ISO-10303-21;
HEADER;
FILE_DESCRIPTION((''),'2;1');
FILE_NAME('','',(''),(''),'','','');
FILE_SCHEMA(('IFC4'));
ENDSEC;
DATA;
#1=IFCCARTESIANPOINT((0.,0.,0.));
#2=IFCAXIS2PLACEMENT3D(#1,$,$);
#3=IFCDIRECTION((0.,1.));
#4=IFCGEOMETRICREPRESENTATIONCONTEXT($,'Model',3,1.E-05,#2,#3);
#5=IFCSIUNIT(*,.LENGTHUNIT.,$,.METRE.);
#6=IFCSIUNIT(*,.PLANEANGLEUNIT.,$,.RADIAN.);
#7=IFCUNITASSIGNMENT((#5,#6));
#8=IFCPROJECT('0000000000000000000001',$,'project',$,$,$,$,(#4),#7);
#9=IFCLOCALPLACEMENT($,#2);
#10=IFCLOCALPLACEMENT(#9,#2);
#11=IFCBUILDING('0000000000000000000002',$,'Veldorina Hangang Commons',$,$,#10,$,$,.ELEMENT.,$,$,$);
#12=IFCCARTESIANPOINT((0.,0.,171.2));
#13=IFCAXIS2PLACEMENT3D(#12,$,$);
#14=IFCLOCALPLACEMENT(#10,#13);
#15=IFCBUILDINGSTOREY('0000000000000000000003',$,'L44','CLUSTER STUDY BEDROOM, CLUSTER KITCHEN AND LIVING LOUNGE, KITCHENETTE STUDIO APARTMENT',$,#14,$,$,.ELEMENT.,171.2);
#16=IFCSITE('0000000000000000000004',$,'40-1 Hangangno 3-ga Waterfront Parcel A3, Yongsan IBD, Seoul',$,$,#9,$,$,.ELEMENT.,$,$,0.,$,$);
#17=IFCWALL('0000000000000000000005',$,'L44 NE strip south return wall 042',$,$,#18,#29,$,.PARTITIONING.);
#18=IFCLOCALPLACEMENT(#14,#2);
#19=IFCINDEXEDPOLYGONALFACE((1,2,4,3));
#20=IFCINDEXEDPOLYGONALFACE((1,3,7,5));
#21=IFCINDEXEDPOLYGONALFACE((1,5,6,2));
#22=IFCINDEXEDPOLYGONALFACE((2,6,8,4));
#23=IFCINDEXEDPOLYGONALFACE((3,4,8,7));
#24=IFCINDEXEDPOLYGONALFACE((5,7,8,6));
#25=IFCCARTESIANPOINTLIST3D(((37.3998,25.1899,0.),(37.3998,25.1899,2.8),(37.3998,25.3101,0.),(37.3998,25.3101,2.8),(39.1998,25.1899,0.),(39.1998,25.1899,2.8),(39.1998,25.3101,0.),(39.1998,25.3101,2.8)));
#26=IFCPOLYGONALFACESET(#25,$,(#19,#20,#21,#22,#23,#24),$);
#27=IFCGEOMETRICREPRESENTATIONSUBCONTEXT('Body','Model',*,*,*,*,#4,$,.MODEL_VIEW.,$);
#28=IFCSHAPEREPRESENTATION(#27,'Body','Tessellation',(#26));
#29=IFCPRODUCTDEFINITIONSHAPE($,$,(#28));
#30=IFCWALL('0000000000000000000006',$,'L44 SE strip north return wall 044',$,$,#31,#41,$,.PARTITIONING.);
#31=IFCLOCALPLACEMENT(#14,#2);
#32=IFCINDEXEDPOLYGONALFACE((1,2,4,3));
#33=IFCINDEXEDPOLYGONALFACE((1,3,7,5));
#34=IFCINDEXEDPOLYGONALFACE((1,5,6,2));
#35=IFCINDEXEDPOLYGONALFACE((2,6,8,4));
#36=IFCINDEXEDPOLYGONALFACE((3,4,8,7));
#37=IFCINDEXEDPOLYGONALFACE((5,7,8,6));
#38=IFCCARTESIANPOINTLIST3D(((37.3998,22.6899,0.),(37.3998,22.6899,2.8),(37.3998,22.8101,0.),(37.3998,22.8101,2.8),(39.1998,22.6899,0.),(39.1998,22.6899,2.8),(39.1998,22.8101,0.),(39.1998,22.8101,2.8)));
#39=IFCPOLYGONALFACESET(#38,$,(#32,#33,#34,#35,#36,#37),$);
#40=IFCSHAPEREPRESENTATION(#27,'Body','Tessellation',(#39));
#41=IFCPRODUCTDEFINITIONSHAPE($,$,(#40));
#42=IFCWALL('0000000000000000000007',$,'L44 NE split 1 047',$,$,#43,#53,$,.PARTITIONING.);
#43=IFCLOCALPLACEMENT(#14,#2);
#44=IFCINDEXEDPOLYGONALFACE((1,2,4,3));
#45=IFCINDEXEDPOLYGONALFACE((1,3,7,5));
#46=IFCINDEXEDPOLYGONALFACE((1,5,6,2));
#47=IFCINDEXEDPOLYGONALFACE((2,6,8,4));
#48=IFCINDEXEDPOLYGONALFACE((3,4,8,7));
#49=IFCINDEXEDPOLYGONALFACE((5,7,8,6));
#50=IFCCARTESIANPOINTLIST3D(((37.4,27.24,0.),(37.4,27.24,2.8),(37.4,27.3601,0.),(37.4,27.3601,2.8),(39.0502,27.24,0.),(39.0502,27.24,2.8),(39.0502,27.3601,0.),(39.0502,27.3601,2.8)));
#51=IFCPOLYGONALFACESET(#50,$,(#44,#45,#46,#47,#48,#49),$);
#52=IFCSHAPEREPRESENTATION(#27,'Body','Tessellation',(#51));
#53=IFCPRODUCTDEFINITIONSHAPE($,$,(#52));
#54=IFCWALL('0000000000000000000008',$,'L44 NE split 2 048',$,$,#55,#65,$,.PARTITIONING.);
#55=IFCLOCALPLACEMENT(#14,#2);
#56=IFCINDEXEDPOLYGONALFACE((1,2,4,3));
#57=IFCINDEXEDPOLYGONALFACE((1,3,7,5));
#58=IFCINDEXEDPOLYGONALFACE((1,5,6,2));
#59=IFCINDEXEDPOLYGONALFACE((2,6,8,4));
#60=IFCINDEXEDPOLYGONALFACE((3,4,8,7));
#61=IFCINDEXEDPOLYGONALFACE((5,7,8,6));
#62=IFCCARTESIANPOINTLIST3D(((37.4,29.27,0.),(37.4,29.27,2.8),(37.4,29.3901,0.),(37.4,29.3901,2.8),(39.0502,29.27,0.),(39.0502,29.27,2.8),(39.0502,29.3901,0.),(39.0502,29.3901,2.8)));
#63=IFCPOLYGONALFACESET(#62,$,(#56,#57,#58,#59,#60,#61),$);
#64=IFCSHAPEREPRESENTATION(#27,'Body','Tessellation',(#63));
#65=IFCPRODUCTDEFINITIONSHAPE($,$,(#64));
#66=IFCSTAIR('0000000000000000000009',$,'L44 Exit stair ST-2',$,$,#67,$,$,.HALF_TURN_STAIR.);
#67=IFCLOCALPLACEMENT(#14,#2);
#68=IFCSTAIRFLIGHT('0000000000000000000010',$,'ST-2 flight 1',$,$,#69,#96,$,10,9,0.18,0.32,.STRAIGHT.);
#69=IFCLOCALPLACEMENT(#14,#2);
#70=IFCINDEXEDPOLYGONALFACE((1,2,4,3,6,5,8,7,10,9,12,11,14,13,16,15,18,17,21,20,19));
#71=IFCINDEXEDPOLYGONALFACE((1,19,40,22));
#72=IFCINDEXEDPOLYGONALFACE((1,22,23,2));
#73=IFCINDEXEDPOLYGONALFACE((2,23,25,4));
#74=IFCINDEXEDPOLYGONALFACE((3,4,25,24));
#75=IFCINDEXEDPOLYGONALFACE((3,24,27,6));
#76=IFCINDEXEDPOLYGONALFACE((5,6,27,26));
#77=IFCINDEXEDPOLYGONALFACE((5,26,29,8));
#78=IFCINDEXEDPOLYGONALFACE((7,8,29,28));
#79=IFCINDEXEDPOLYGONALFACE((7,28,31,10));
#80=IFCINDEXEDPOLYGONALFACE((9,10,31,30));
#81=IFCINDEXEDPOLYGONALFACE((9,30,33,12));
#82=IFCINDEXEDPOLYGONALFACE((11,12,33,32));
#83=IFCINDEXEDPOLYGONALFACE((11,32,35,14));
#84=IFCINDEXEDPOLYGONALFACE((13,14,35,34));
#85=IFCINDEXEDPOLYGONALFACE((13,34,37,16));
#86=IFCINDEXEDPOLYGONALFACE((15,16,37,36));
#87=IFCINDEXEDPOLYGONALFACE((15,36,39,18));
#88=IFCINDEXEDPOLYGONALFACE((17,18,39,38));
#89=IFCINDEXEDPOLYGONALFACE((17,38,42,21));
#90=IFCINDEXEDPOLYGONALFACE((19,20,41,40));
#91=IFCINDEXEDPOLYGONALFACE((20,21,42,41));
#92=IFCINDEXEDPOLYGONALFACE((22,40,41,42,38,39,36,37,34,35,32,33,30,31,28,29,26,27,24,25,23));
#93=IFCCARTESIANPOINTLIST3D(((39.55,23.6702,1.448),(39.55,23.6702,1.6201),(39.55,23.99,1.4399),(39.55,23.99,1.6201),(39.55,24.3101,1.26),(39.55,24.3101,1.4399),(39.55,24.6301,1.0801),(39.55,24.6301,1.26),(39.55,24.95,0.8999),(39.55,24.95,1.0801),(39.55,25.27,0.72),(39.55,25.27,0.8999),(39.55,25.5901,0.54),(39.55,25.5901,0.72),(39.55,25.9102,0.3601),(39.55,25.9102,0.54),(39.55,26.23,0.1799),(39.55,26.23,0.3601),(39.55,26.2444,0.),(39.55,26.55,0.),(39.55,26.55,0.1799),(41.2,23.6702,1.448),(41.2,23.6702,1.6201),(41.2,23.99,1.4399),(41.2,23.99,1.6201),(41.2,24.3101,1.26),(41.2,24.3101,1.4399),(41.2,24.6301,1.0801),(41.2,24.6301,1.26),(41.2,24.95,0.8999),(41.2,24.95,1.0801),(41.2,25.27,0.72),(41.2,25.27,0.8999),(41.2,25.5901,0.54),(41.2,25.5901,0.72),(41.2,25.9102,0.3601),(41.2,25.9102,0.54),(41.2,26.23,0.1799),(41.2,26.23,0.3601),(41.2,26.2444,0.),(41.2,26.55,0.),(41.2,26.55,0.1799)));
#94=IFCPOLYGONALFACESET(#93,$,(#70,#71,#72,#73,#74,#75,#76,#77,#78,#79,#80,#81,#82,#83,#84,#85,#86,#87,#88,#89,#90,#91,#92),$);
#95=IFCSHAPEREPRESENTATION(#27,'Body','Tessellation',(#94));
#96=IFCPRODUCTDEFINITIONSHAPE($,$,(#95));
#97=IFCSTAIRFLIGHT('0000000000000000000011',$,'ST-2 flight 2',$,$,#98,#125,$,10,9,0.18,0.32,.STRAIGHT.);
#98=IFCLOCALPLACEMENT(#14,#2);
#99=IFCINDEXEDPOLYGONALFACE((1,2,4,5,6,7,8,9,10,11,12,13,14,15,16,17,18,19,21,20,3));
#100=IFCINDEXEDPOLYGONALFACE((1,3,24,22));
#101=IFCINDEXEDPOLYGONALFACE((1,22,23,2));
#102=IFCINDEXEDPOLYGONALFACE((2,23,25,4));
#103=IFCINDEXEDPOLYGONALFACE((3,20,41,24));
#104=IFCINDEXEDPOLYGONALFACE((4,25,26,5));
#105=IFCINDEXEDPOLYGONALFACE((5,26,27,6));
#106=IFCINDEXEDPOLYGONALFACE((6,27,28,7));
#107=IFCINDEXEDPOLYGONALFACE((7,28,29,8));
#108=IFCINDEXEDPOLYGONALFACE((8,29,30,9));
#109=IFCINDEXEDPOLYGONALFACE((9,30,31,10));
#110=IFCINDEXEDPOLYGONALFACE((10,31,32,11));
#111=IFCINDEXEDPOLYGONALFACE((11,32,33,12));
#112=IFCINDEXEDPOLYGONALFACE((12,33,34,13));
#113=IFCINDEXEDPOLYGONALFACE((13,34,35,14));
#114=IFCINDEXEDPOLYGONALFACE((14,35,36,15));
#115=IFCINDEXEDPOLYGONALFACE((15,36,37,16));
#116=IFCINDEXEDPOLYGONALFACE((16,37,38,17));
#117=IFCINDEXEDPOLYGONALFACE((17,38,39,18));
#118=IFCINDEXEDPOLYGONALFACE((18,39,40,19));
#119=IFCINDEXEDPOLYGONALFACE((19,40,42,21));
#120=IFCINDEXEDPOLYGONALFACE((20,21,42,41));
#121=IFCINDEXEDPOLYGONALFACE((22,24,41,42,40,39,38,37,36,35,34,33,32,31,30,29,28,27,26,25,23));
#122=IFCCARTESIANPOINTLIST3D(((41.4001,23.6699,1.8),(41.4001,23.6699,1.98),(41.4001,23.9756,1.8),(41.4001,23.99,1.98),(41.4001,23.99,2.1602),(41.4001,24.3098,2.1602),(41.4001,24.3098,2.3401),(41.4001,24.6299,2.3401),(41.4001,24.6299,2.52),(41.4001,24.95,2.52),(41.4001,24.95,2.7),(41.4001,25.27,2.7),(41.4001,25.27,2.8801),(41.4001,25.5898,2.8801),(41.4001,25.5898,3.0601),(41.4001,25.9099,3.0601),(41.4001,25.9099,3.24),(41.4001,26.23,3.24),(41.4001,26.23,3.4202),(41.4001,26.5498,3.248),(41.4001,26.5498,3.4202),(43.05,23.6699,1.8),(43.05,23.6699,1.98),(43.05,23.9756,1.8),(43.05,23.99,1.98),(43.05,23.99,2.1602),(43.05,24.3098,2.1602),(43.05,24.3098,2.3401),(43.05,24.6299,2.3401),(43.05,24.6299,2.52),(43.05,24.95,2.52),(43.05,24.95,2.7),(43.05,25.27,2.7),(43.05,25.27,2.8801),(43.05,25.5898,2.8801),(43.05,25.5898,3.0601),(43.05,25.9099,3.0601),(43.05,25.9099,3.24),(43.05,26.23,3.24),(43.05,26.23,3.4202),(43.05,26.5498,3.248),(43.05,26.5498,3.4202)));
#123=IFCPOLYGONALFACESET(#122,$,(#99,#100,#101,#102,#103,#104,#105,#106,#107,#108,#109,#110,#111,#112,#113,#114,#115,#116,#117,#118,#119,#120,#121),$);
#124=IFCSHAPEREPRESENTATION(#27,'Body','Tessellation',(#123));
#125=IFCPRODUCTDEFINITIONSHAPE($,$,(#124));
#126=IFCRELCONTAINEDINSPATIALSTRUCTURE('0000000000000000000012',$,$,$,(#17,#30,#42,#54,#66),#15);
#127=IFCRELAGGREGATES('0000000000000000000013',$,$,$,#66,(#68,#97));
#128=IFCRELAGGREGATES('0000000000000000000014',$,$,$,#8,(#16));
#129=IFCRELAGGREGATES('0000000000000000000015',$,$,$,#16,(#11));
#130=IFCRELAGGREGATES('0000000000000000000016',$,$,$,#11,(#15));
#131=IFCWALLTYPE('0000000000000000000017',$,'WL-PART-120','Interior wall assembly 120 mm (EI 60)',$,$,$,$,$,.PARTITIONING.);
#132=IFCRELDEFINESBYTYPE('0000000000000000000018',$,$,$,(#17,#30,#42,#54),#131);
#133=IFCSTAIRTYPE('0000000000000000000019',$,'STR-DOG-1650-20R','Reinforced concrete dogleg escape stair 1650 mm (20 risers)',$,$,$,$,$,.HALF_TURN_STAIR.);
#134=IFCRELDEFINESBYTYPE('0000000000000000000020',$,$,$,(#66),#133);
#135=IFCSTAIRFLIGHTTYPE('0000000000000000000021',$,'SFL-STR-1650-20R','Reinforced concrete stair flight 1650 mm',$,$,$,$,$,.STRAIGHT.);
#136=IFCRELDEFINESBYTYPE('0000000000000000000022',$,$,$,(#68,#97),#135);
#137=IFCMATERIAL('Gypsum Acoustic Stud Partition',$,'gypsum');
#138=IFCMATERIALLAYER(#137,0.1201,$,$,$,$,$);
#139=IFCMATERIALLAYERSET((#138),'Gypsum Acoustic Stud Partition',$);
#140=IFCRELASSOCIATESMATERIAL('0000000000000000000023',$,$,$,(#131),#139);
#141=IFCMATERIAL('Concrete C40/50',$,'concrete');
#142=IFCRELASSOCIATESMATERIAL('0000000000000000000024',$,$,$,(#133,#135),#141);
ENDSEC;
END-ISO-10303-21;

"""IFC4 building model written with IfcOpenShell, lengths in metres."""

from ifc_helpers import new_model, si_unit, direction, frame, frame_2d, origin, place, context, subcontext, project, spatial, polyline, rectangle, outline, extrude, material, layer, layer_set, type_object, element, aggregate, save


model = new_model("IFC4")

# Units and contexts
model_context = context("Model", 3, precision=1e-05, world=origin(), true_north=direction((0.0, 1.0)))
body_context = subcontext(model_context, "Body", "Model", "MODEL_VIEW")
ifc_project = project(units=[si_unit("LENGTHUNIT", "METRE"), si_unit("PLANEANGLEUNIT", "RADIAN")], contexts=[model_context])

# Site, building, storey
site_placement = place(None, origin())
site = spatial("IfcSite", under=ifc_project, at=site_placement, Name="40-1 Hangangno 3-ga Waterfront Parcel A3, Yongsan IBD, Seoul", CompositionType="ELEMENT", RefElevation=0.0)
building_placement = place(site_placement, origin())
building = spatial("IfcBuilding", under=site, at=building_placement, Name="Veldorina Hangang Commons", CompositionType="ELEMENT")
storey_placement = place(building_placement, frame((0.0, 0.0, 171.2)))
storey = spatial("IfcBuildingStorey", under=building, at=storey_placement, Name="L44", Description="CLUSTER STUDY BEDROOM, CLUSTER KITCHEN AND LIVING LOUNGE, KITCHENETTE STUDIO APARTMENT", CompositionType="ELEMENT", Elevation=171.2)

# Shared definitions
ifc_material_1 = material(Name="Gypsum Acoustic Stud Partition", Category="gypsum")
ifc_layer_1 = layer(ifc_material_1, 0.1201)
ifc_layer_set_1 = layer_set([ifc_layer_1], Name="Gypsum Acoustic Stud Partition")
wall_type_1 = type_object("IfcWallType", Name="WL-PART-120", Description="Interior wall assembly 120 mm (EI 60)", PredefinedType="PARTITIONING", material=ifc_layer_set_1)

# Walls
for number, where, z_axis, x_axis, name in (
    (1, (37.3999, 25.25, 0.0), (0.0, 0.0, 1.0), (1.0, 0.0, 0.0), "L44 NE strip south return wall 042"),
    (2, (37.3999, 22.75, 0.0), (0.0, 0.0, 1.0), (1.0, 0.0, 0.0), "L44 SE strip north return wall 044"),
):
    element("IfcWall", number, at=place(storey_placement, frame(where, z_axis=z_axis, x_axis=x_axis)), inside=storey, type_object=wall_type_1, Name=name, PredefinedType="PARTITIONING", context=body_context, shape_type="SweptSolid", body=[
        extrude(rectangle(XDim=1.8, YDim=0.1201, at=frame_2d((0.8999, 0.0))), origin(), (0.0, 0.0, 1.0), 2.8),
    ])
for number, where, z_axis, x_axis, name in (
    (3, (37.3999, 27.3, 0.0), (0.0, 0.0, 1.0), (1.0, 0.0, 0.0), "L44 NE split 1 047"),
    (4, (37.3999, 29.3301, 0.0), (0.0, 0.0, 1.0), (1.0, 0.0, 0.0), "L44 NE split 2 048"),
):
    element("IfcWall", number, at=place(storey_placement, frame(where, z_axis=z_axis, x_axis=x_axis)), inside=storey, type_object=wall_type_1, Name=name, PredefinedType="PARTITIONING", context=body_context, shape_type="SweptSolid", body=[
        extrude(rectangle(XDim=1.6501, YDim=0.1201, at=frame_2d((0.8252, 0.0))), origin(), (0.0, 0.0, 1.0), 2.8),
    ])

# Stair, stair flights
ifc_material_2 = material(Name="Concrete C40/50", Category="concrete")
stair_type = type_object("IfcStairType", Name="STR-DOG-1650-20R", Description="Reinforced concrete dogleg escape stair 1650 mm (20 risers)", PredefinedType="HALF_TURN_STAIR", material=ifc_material_2)
stair_placement = place(storey_placement, origin())
stair = element("IfcStair", 5, at=stair_placement, inside=storey, type_object=stair_type, Name="L44 Exit stair ST-2", PredefinedType="HALF_TURN_STAIR")
stair_flight_type = type_object("IfcStairFlightType", Name="SFL-STR-1650-20R", Description="Reinforced concrete stair flight 1650 mm", PredefinedType="STRAIGHT", material=ifc_material_2)
stair_flight_1_placement = place(storey_placement, frame((40.375, 26.55, 0.0), z_axis=(0.0, 0.0, 1.0), x_axis=(0.0, -1.0, 0.0)))
stair_flight_1 = element("IfcStairFlight", 6, at=stair_flight_1_placement, type_object=stair_flight_type, Name="ST-2 flight 1", NumberOfRisers=10, NumberOfTreads=9, PredefinedType="STRAIGHT", RiserHeight=0.18, TreadLength=0.32, context=body_context, shape_type="SweptSolid", body=[
    extrude(outline(polyline([(0.0, 0.0), (0.0, 0.1799), (0.3201, 0.1799), (0.3201, 0.3601), (0.6399, 0.3601), (0.6399, 0.54), (0.96, 0.54), (0.96, 0.72), (1.28, 0.72), (1.28, 0.8999), (1.6001, 0.8999), (1.6001, 1.0801), (1.9199, 1.0801), (1.9199, 1.26), (2.24, 1.26), (2.24, 1.4399), (2.5601, 1.4399), (2.5601, 1.6201), (2.8799, 1.6201), (2.8799, 1.8), (2.8799, 1.448), (0.3057, 0.0), (0.0, 0.0)])), frame((0.0, 0.825, 0.0), z_axis=(0.0, -1.0, 0.0), x_axis=(1.0, 0.0, 0.0)), (0.0, 0.0, 1.0), 1.6499),
])
stair_flight_2_placement = place(storey_placement, frame((42.2251, 23.6699, 1.8), z_axis=(0.0, 0.0, 1.0), x_axis=(0.0, 1.0, 0.0)))
stair_flight_2 = element("IfcStairFlight", 7, at=stair_flight_2_placement, type_object=stair_flight_type, Name="ST-2 flight 2", NumberOfRisers=10, NumberOfTreads=9, PredefinedType="STRAIGHT", RiserHeight=0.18, TreadLength=0.32, context=body_context, shape_type="SweptSolid", body=[
    extrude(outline(polyline([(0.0, 0.0), (0.0, 0.1799), (0.3201, 0.1799), (0.3201, 0.3601), (0.6399, 0.3601), (0.6399, 0.54), (0.96, 0.54), (0.96, 0.72), (1.28, 0.72), (1.28, 0.8999), (1.6001, 0.8999), (1.6001, 1.0801), (1.9199, 1.0801), (1.9199, 1.26), (2.24, 1.26), (2.24, 1.4399), (2.5601, 1.4399), (2.5601, 1.6201), (2.8799, 1.6201), (2.8799, 1.8), (2.8799, 1.448), (0.3057, 0.0), (0.0, 0.0)])), frame((0.0, 0.825, 0.0), z_axis=(0.0, -1.0, 0.0), x_axis=(1.0, 0.0, 0.0)), (0.0, 0.0, 1.0), 1.6499),
])
aggregate(stair, [stair_flight_1, stair_flight_2])

save(model, "model.ifc")
